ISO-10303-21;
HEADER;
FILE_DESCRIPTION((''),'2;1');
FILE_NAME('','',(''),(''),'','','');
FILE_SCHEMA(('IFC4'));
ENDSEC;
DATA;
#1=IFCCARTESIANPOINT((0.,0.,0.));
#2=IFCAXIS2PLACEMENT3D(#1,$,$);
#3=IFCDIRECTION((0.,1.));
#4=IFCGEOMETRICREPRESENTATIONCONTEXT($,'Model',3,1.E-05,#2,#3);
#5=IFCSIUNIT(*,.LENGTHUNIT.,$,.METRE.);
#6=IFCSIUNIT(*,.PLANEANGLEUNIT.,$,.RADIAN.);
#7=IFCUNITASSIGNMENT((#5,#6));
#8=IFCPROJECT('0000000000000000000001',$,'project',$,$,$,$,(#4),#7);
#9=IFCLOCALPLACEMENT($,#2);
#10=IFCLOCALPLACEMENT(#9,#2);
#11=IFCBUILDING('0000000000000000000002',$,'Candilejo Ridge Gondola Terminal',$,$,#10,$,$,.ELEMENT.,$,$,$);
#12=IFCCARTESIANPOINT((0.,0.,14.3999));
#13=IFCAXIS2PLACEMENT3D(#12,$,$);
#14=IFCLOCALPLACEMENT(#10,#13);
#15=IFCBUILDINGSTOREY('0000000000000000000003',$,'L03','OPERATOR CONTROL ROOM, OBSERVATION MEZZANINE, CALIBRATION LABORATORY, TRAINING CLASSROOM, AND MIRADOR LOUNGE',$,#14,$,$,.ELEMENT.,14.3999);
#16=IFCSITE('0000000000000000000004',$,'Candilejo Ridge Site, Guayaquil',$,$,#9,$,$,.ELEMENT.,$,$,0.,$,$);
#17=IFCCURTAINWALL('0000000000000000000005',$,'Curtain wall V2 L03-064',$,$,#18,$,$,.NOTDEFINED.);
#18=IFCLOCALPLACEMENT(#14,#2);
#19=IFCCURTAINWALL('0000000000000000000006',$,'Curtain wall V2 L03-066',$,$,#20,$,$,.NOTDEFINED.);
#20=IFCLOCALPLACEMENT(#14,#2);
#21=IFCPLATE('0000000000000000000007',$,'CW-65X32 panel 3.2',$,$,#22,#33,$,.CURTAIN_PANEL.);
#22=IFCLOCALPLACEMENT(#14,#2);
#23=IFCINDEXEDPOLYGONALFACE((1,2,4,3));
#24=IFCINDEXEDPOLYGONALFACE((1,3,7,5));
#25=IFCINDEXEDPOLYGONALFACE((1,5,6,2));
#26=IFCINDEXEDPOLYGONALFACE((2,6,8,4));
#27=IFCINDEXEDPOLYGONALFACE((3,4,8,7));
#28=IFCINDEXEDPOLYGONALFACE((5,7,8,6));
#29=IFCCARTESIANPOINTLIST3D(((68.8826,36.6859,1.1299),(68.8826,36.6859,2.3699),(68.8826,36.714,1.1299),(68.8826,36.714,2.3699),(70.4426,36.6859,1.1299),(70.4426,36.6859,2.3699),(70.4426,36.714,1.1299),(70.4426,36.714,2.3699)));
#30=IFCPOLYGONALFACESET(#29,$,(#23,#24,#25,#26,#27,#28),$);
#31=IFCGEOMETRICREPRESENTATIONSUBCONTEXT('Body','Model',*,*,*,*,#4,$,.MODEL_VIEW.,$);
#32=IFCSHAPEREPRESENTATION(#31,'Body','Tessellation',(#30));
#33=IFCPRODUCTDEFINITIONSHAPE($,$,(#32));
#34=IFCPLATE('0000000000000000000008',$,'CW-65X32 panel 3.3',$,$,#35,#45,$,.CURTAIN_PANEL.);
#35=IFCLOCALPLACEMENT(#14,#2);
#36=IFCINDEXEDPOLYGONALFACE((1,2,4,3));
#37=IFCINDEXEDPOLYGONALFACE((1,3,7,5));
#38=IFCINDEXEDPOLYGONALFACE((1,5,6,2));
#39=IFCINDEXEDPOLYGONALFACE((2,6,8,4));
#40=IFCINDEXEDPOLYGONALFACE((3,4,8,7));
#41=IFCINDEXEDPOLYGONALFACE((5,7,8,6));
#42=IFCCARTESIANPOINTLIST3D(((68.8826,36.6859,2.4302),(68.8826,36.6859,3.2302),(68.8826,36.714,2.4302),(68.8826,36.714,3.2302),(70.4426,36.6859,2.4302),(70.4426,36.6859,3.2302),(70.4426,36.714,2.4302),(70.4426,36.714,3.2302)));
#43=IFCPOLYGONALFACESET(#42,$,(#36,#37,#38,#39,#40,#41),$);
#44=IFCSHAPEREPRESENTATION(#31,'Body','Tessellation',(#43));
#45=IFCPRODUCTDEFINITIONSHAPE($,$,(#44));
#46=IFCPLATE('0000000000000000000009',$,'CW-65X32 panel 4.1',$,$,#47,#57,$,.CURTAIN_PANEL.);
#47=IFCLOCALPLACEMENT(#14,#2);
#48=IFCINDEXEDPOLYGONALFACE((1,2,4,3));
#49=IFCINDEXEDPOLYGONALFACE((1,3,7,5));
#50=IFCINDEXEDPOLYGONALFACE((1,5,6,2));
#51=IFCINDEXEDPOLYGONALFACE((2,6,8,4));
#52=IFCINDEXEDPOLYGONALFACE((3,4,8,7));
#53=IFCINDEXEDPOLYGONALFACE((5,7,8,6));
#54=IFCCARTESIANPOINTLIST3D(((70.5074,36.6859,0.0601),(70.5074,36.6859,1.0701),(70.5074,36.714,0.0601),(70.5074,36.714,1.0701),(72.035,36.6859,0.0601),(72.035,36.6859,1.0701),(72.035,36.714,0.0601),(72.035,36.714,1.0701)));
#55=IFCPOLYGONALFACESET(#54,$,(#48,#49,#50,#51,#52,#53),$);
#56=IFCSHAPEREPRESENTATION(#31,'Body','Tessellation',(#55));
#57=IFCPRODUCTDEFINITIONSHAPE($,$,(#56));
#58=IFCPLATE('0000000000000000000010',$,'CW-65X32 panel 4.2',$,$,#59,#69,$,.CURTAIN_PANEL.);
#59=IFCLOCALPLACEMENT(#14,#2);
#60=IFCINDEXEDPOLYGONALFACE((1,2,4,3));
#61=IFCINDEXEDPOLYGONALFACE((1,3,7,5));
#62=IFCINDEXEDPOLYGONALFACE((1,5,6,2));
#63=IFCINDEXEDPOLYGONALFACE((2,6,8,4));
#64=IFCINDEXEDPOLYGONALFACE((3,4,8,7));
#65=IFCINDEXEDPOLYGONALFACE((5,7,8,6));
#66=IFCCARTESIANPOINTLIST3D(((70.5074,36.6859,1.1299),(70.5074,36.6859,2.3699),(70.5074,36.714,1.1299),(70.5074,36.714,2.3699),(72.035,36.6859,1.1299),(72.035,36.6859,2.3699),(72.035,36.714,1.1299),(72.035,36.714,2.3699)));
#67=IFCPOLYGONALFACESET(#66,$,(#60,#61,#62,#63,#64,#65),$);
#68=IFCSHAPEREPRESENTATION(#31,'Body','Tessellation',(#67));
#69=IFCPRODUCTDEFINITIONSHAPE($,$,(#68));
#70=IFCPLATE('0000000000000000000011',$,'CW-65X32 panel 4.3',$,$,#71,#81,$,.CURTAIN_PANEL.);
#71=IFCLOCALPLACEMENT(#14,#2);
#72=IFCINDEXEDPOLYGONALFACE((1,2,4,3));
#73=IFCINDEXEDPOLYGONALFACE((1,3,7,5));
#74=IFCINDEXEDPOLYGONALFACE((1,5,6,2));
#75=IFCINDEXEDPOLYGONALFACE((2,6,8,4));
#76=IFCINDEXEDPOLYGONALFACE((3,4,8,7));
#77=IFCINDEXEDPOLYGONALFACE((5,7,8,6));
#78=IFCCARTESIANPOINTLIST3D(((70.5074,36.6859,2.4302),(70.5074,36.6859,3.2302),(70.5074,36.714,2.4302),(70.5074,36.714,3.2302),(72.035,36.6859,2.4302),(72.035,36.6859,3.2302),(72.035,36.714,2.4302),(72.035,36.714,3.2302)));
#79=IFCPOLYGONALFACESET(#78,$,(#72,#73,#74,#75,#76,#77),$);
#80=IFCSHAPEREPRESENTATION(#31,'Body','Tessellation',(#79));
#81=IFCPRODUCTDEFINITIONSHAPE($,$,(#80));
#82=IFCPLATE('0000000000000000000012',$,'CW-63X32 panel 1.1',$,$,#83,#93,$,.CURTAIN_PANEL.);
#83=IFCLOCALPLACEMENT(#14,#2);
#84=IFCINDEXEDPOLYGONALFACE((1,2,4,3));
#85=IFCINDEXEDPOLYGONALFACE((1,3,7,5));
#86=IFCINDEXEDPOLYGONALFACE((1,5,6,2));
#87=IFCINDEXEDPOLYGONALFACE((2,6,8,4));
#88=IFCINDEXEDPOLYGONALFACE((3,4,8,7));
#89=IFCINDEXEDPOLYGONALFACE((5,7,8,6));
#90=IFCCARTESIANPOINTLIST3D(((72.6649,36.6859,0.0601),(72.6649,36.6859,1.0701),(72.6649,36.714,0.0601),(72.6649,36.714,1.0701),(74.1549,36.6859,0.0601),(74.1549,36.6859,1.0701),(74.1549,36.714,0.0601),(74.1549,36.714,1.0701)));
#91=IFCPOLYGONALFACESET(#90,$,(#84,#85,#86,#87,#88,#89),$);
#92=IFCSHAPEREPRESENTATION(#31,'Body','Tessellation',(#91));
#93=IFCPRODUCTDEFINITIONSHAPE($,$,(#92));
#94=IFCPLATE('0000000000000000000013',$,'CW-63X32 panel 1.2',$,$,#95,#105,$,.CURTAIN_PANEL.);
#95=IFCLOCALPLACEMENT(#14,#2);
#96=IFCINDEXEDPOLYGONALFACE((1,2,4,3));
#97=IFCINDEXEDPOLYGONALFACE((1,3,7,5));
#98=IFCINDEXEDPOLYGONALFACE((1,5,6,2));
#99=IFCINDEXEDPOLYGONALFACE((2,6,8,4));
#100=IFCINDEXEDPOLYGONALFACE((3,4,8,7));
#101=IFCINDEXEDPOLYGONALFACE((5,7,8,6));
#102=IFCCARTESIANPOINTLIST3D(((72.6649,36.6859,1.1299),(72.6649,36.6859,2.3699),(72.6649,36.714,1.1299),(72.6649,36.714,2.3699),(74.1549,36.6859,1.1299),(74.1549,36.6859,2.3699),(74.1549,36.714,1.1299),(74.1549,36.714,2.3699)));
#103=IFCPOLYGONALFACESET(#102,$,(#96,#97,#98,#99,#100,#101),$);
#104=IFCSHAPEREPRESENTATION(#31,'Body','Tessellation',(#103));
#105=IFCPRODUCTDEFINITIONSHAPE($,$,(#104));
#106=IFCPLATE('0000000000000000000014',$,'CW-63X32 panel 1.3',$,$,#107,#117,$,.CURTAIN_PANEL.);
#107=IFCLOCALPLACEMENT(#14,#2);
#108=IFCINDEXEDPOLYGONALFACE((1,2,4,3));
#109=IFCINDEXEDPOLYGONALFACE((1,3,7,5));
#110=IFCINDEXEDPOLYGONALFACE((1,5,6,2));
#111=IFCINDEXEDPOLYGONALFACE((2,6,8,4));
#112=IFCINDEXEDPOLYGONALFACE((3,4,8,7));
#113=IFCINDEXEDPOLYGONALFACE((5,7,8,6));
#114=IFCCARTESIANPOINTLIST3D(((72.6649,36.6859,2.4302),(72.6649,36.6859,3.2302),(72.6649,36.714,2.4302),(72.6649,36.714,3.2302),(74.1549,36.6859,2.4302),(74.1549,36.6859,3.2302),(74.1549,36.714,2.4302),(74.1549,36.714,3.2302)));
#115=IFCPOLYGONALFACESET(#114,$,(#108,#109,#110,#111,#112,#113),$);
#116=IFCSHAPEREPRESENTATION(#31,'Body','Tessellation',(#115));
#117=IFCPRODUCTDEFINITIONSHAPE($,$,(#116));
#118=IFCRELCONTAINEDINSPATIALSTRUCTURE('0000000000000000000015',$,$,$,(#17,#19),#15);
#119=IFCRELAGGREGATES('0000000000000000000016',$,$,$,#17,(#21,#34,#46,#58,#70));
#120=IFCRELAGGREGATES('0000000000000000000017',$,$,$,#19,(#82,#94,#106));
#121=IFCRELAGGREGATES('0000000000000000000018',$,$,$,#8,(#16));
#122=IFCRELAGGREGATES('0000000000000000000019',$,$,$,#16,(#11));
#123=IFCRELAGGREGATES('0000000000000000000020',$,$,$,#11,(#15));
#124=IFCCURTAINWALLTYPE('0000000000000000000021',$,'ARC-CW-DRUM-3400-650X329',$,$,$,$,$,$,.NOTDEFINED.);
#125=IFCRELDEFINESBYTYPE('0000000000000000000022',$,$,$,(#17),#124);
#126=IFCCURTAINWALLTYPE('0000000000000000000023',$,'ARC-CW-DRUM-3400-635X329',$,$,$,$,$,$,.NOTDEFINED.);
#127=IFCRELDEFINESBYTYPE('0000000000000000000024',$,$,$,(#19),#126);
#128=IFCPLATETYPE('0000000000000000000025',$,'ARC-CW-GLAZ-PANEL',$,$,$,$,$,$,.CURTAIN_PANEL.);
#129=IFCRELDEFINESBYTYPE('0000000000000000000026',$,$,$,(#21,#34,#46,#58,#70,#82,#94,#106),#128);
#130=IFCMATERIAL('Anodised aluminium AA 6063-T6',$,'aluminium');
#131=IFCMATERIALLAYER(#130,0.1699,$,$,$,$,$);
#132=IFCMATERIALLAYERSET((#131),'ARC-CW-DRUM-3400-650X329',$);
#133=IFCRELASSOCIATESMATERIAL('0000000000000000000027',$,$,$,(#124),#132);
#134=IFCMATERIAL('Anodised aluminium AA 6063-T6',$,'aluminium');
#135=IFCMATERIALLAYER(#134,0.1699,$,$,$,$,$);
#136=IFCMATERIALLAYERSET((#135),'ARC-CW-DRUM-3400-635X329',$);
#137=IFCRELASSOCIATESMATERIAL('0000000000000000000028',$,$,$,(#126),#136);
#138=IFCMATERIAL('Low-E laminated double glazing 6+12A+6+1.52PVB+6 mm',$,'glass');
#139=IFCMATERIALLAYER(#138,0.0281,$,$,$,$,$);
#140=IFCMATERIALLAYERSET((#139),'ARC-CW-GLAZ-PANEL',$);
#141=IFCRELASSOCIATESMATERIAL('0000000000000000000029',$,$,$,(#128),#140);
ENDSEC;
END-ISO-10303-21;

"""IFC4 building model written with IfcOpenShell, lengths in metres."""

from ifc_helpers import new_model, si_unit, direction, frame, origin, origin_2d, place, context, subcontext, project, spatial, rectangle, extrude, material, layer, layer_set, type_object, element, aggregate, save


model = new_model("IFC4")

# Units and contexts
model_context = context("Model", 3, precision=1e-05, world=origin(), true_north=direction((0.0, 1.0)))
body_context = subcontext(model_context, "Body", "Model", "MODEL_VIEW")
ifc_project = project(units=[si_unit("LENGTHUNIT", "METRE"), si_unit("PLANEANGLEUNIT", "RADIAN")], contexts=[model_context])

# Site, building, storey
site_placement = place(None, origin())
site = spatial("IfcSite", under=ifc_project, at=site_placement, Name="Candilejo Ridge Site, Guayaquil", CompositionType="ELEMENT", RefElevation=0.0)
building_placement = place(site_placement, origin())
building = spatial("IfcBuilding", under=site, at=building_placement, Name="Candilejo Ridge Gondola Terminal", CompositionType="ELEMENT")
storey_placement = place(building_placement, frame((0.0, 0.0, 14.3999)))
storey = spatial("IfcBuildingStorey", under=building, at=storey_placement, Name="L03", Description="OPERATOR CONTROL ROOM, OBSERVATION MEZZANINE, CALIBRATION LABORATORY, TRAINING CLASSROOM, AND MIRADOR LOUNGE", CompositionType="ELEMENT", Elevation=14.3999)

# Curtain walls
ifc_material_1 = material(Name="Anodised aluminium AA 6063-T6", Category="aluminium")
ifc_layer_1 = layer(ifc_material_1, 0.1699)
ifc_layer_set_1 = layer_set([ifc_layer_1], Name="ARC-CW-DRUM-3400-650X329")
curtain_wall_type_1 = type_object("IfcCurtainWallType", Name="ARC-CW-DRUM-3400-650X329", PredefinedType="NOTDEFINED", material=ifc_layer_set_1)
curtain_wall_1_placement = place(storey_placement, origin())
curtain_wall_1 = element("IfcCurtainWall", 1, at=curtain_wall_1_placement, inside=storey, type_object=curtain_wall_type_1, Name="Curtain wall V2 L03-064", PredefinedType="NOTDEFINED")
ifc_material_2 = material(Name="Anodised aluminium AA 6063-T6", Category="aluminium")
ifc_layer_2 = layer(ifc_material_2, 0.1699)
ifc_layer_set_2 = layer_set([ifc_layer_2], Name="ARC-CW-DRUM-3400-635X329")
curtain_wall_type_2 = type_object("IfcCurtainWallType", Name="ARC-CW-DRUM-3400-635X329", PredefinedType="NOTDEFINED", material=ifc_layer_set_2)
curtain_wall_2_placement = place(storey_placement, origin())
curtain_wall_2 = element("IfcCurtainWall", 2, at=curtain_wall_2_placement, inside=storey, type_object=curtain_wall_type_2, Name="Curtain wall V2 L03-066", PredefinedType="NOTDEFINED")

# Plates
ifc_material_3 = material(Name="Low-E laminated double glazing 6+12A+6+1.52PVB+6 mm", Category="glass")
ifc_layer_3 = layer(ifc_material_3, 0.0281)
ifc_layer_set_3 = layer_set([ifc_layer_3], Name="ARC-CW-GLAZ-PANEL")
plate_type = type_object("IfcPlateType", Name="ARC-CW-GLAZ-PANEL", PredefinedType="CURTAIN_PANEL", material=ifc_layer_set_3)
plate_1_placement = place(storey_placement, frame((69.6626, 36.7, 1.1299), z_axis=(0.0, 0.0, 1.0), x_axis=(1.0, 0.0, 0.0)))
plate_1 = element("IfcPlate", 3, at=plate_1_placement, type_object=plate_type, Name="CW-65X32 panel 3.2", PredefinedType="CURTAIN_PANEL", context=body_context, shape_type="SweptSolid", body=[
    extrude(rectangle(XDim=1.5601, YDim=0.0281, at=origin_2d()), origin(), (0.0, 0.0, 1.0), 1.24),
])
plate_2_placement = place(storey_placement, frame((69.6626, 36.7, 2.4302), z_axis=(0.0, 0.0, 1.0), x_axis=(1.0, 0.0, 0.0)))
plate_2 = element("IfcPlate", 4, at=plate_2_placement, type_object=plate_type, Name="CW-65X32 panel 3.3", PredefinedType="CURTAIN_PANEL", context=body_context, shape_type="SweptSolid", body=[
    extrude(rectangle(XDim=1.5601, YDim=0.0281, at=origin_2d()), origin(), (0.0, 0.0, 1.0), 0.8),
])
plate_3_placement = place(storey_placement, frame((71.2712, 36.7, 0.0601), z_axis=(0.0, 0.0, 1.0), x_axis=(1.0, 0.0, 0.0)))
plate_3 = element("IfcPlate", 5, at=plate_3_placement, type_object=plate_type, Name="CW-65X32 panel 4.1", PredefinedType="CURTAIN_PANEL", context=body_context, shape_type="SweptSolid", body=[
    extrude(rectangle(XDim=1.5276, YDim=0.0281, at=origin_2d()), origin(), (0.0, 0.0, 1.0), 1.01),
])
plate_4_placement = place(storey_placement, frame((71.2712, 36.7, 1.1299), z_axis=(0.0, 0.0, 1.0), x_axis=(1.0, 0.0, 0.0)))
plate_4 = element("IfcPlate", 6, at=plate_4_placement, type_object=plate_type, Name="CW-65X32 panel 4.2", PredefinedType="CURTAIN_PANEL", context=body_context, shape_type="SweptSolid", body=[
    extrude(rectangle(XDim=1.5276, YDim=0.0281, at=origin_2d()), origin(), (0.0, 0.0, 1.0), 1.24),
])
plate_5_placement = place(storey_placement, frame((71.2712, 36.7, 2.4302), z_axis=(0.0, 0.0, 1.0), x_axis=(1.0, 0.0, 0.0)))
plate_5 = element("IfcPlate", 7, at=plate_5_placement, type_object=plate_type, Name="CW-65X32 panel 4.3", PredefinedType="CURTAIN_PANEL", context=body_context, shape_type="SweptSolid", body=[
    extrude(rectangle(XDim=1.5276, YDim=0.0281, at=origin_2d()), origin(), (0.0, 0.0, 1.0), 0.8),
])
aggregate(curtain_wall_1, [plate_1, plate_2, plate_3, plate_4, plate_5])
plate_6_placement = place(storey_placement, frame((73.4099, 36.7, 0.0601), z_axis=(0.0, 0.0, 1.0), x_axis=(1.0, 0.0, 0.0)))
plate_6 = element("IfcPlate", 8, at=plate_6_placement, type_object=plate_type, Name="CW-63X32 panel 1.1", PredefinedType="CURTAIN_PANEL", context=body_context, shape_type="SweptSolid", body=[
    extrude(rectangle(XDim=1.49, YDim=0.0281, at=origin_2d()), origin(), (0.0, 0.0, 1.0), 1.01),
])
plate_7_placement = place(storey_placement, frame((73.4099, 36.7, 1.1299), z_axis=(0.0, 0.0, 1.0), x_axis=(1.0, 0.0, 0.0)))
plate_7 = element("IfcPlate", 9, at=plate_7_placement, type_object=plate_type, Name="CW-63X32 panel 1.2", PredefinedType="CURTAIN_PANEL", context=body_context, shape_type="SweptSolid", body=[
    extrude(rectangle(XDim=1.49, YDim=0.0281, at=origin_2d()), origin(), (0.0, 0.0, 1.0), 1.24),
])
plate_8_placement = place(storey_placement, frame((73.4099, 36.7, 2.4302), z_axis=(0.0, 0.0, 1.0), x_axis=(1.0, 0.0, 0.0)))
plate_8 = element("IfcPlate", 10, at=plate_8_placement, type_object=plate_type, Name="CW-63X32 panel 1.3", PredefinedType="CURTAIN_PANEL", context=body_context, shape_type="SweptSolid", body=[
    extrude(rectangle(XDim=1.49, YDim=0.0281, at=origin_2d()), origin(), (0.0, 0.0, 1.0), 0.8),
])
aggregate(curtain_wall_2, [plate_6, plate_7, plate_8])

save(model, "model.ifc")
